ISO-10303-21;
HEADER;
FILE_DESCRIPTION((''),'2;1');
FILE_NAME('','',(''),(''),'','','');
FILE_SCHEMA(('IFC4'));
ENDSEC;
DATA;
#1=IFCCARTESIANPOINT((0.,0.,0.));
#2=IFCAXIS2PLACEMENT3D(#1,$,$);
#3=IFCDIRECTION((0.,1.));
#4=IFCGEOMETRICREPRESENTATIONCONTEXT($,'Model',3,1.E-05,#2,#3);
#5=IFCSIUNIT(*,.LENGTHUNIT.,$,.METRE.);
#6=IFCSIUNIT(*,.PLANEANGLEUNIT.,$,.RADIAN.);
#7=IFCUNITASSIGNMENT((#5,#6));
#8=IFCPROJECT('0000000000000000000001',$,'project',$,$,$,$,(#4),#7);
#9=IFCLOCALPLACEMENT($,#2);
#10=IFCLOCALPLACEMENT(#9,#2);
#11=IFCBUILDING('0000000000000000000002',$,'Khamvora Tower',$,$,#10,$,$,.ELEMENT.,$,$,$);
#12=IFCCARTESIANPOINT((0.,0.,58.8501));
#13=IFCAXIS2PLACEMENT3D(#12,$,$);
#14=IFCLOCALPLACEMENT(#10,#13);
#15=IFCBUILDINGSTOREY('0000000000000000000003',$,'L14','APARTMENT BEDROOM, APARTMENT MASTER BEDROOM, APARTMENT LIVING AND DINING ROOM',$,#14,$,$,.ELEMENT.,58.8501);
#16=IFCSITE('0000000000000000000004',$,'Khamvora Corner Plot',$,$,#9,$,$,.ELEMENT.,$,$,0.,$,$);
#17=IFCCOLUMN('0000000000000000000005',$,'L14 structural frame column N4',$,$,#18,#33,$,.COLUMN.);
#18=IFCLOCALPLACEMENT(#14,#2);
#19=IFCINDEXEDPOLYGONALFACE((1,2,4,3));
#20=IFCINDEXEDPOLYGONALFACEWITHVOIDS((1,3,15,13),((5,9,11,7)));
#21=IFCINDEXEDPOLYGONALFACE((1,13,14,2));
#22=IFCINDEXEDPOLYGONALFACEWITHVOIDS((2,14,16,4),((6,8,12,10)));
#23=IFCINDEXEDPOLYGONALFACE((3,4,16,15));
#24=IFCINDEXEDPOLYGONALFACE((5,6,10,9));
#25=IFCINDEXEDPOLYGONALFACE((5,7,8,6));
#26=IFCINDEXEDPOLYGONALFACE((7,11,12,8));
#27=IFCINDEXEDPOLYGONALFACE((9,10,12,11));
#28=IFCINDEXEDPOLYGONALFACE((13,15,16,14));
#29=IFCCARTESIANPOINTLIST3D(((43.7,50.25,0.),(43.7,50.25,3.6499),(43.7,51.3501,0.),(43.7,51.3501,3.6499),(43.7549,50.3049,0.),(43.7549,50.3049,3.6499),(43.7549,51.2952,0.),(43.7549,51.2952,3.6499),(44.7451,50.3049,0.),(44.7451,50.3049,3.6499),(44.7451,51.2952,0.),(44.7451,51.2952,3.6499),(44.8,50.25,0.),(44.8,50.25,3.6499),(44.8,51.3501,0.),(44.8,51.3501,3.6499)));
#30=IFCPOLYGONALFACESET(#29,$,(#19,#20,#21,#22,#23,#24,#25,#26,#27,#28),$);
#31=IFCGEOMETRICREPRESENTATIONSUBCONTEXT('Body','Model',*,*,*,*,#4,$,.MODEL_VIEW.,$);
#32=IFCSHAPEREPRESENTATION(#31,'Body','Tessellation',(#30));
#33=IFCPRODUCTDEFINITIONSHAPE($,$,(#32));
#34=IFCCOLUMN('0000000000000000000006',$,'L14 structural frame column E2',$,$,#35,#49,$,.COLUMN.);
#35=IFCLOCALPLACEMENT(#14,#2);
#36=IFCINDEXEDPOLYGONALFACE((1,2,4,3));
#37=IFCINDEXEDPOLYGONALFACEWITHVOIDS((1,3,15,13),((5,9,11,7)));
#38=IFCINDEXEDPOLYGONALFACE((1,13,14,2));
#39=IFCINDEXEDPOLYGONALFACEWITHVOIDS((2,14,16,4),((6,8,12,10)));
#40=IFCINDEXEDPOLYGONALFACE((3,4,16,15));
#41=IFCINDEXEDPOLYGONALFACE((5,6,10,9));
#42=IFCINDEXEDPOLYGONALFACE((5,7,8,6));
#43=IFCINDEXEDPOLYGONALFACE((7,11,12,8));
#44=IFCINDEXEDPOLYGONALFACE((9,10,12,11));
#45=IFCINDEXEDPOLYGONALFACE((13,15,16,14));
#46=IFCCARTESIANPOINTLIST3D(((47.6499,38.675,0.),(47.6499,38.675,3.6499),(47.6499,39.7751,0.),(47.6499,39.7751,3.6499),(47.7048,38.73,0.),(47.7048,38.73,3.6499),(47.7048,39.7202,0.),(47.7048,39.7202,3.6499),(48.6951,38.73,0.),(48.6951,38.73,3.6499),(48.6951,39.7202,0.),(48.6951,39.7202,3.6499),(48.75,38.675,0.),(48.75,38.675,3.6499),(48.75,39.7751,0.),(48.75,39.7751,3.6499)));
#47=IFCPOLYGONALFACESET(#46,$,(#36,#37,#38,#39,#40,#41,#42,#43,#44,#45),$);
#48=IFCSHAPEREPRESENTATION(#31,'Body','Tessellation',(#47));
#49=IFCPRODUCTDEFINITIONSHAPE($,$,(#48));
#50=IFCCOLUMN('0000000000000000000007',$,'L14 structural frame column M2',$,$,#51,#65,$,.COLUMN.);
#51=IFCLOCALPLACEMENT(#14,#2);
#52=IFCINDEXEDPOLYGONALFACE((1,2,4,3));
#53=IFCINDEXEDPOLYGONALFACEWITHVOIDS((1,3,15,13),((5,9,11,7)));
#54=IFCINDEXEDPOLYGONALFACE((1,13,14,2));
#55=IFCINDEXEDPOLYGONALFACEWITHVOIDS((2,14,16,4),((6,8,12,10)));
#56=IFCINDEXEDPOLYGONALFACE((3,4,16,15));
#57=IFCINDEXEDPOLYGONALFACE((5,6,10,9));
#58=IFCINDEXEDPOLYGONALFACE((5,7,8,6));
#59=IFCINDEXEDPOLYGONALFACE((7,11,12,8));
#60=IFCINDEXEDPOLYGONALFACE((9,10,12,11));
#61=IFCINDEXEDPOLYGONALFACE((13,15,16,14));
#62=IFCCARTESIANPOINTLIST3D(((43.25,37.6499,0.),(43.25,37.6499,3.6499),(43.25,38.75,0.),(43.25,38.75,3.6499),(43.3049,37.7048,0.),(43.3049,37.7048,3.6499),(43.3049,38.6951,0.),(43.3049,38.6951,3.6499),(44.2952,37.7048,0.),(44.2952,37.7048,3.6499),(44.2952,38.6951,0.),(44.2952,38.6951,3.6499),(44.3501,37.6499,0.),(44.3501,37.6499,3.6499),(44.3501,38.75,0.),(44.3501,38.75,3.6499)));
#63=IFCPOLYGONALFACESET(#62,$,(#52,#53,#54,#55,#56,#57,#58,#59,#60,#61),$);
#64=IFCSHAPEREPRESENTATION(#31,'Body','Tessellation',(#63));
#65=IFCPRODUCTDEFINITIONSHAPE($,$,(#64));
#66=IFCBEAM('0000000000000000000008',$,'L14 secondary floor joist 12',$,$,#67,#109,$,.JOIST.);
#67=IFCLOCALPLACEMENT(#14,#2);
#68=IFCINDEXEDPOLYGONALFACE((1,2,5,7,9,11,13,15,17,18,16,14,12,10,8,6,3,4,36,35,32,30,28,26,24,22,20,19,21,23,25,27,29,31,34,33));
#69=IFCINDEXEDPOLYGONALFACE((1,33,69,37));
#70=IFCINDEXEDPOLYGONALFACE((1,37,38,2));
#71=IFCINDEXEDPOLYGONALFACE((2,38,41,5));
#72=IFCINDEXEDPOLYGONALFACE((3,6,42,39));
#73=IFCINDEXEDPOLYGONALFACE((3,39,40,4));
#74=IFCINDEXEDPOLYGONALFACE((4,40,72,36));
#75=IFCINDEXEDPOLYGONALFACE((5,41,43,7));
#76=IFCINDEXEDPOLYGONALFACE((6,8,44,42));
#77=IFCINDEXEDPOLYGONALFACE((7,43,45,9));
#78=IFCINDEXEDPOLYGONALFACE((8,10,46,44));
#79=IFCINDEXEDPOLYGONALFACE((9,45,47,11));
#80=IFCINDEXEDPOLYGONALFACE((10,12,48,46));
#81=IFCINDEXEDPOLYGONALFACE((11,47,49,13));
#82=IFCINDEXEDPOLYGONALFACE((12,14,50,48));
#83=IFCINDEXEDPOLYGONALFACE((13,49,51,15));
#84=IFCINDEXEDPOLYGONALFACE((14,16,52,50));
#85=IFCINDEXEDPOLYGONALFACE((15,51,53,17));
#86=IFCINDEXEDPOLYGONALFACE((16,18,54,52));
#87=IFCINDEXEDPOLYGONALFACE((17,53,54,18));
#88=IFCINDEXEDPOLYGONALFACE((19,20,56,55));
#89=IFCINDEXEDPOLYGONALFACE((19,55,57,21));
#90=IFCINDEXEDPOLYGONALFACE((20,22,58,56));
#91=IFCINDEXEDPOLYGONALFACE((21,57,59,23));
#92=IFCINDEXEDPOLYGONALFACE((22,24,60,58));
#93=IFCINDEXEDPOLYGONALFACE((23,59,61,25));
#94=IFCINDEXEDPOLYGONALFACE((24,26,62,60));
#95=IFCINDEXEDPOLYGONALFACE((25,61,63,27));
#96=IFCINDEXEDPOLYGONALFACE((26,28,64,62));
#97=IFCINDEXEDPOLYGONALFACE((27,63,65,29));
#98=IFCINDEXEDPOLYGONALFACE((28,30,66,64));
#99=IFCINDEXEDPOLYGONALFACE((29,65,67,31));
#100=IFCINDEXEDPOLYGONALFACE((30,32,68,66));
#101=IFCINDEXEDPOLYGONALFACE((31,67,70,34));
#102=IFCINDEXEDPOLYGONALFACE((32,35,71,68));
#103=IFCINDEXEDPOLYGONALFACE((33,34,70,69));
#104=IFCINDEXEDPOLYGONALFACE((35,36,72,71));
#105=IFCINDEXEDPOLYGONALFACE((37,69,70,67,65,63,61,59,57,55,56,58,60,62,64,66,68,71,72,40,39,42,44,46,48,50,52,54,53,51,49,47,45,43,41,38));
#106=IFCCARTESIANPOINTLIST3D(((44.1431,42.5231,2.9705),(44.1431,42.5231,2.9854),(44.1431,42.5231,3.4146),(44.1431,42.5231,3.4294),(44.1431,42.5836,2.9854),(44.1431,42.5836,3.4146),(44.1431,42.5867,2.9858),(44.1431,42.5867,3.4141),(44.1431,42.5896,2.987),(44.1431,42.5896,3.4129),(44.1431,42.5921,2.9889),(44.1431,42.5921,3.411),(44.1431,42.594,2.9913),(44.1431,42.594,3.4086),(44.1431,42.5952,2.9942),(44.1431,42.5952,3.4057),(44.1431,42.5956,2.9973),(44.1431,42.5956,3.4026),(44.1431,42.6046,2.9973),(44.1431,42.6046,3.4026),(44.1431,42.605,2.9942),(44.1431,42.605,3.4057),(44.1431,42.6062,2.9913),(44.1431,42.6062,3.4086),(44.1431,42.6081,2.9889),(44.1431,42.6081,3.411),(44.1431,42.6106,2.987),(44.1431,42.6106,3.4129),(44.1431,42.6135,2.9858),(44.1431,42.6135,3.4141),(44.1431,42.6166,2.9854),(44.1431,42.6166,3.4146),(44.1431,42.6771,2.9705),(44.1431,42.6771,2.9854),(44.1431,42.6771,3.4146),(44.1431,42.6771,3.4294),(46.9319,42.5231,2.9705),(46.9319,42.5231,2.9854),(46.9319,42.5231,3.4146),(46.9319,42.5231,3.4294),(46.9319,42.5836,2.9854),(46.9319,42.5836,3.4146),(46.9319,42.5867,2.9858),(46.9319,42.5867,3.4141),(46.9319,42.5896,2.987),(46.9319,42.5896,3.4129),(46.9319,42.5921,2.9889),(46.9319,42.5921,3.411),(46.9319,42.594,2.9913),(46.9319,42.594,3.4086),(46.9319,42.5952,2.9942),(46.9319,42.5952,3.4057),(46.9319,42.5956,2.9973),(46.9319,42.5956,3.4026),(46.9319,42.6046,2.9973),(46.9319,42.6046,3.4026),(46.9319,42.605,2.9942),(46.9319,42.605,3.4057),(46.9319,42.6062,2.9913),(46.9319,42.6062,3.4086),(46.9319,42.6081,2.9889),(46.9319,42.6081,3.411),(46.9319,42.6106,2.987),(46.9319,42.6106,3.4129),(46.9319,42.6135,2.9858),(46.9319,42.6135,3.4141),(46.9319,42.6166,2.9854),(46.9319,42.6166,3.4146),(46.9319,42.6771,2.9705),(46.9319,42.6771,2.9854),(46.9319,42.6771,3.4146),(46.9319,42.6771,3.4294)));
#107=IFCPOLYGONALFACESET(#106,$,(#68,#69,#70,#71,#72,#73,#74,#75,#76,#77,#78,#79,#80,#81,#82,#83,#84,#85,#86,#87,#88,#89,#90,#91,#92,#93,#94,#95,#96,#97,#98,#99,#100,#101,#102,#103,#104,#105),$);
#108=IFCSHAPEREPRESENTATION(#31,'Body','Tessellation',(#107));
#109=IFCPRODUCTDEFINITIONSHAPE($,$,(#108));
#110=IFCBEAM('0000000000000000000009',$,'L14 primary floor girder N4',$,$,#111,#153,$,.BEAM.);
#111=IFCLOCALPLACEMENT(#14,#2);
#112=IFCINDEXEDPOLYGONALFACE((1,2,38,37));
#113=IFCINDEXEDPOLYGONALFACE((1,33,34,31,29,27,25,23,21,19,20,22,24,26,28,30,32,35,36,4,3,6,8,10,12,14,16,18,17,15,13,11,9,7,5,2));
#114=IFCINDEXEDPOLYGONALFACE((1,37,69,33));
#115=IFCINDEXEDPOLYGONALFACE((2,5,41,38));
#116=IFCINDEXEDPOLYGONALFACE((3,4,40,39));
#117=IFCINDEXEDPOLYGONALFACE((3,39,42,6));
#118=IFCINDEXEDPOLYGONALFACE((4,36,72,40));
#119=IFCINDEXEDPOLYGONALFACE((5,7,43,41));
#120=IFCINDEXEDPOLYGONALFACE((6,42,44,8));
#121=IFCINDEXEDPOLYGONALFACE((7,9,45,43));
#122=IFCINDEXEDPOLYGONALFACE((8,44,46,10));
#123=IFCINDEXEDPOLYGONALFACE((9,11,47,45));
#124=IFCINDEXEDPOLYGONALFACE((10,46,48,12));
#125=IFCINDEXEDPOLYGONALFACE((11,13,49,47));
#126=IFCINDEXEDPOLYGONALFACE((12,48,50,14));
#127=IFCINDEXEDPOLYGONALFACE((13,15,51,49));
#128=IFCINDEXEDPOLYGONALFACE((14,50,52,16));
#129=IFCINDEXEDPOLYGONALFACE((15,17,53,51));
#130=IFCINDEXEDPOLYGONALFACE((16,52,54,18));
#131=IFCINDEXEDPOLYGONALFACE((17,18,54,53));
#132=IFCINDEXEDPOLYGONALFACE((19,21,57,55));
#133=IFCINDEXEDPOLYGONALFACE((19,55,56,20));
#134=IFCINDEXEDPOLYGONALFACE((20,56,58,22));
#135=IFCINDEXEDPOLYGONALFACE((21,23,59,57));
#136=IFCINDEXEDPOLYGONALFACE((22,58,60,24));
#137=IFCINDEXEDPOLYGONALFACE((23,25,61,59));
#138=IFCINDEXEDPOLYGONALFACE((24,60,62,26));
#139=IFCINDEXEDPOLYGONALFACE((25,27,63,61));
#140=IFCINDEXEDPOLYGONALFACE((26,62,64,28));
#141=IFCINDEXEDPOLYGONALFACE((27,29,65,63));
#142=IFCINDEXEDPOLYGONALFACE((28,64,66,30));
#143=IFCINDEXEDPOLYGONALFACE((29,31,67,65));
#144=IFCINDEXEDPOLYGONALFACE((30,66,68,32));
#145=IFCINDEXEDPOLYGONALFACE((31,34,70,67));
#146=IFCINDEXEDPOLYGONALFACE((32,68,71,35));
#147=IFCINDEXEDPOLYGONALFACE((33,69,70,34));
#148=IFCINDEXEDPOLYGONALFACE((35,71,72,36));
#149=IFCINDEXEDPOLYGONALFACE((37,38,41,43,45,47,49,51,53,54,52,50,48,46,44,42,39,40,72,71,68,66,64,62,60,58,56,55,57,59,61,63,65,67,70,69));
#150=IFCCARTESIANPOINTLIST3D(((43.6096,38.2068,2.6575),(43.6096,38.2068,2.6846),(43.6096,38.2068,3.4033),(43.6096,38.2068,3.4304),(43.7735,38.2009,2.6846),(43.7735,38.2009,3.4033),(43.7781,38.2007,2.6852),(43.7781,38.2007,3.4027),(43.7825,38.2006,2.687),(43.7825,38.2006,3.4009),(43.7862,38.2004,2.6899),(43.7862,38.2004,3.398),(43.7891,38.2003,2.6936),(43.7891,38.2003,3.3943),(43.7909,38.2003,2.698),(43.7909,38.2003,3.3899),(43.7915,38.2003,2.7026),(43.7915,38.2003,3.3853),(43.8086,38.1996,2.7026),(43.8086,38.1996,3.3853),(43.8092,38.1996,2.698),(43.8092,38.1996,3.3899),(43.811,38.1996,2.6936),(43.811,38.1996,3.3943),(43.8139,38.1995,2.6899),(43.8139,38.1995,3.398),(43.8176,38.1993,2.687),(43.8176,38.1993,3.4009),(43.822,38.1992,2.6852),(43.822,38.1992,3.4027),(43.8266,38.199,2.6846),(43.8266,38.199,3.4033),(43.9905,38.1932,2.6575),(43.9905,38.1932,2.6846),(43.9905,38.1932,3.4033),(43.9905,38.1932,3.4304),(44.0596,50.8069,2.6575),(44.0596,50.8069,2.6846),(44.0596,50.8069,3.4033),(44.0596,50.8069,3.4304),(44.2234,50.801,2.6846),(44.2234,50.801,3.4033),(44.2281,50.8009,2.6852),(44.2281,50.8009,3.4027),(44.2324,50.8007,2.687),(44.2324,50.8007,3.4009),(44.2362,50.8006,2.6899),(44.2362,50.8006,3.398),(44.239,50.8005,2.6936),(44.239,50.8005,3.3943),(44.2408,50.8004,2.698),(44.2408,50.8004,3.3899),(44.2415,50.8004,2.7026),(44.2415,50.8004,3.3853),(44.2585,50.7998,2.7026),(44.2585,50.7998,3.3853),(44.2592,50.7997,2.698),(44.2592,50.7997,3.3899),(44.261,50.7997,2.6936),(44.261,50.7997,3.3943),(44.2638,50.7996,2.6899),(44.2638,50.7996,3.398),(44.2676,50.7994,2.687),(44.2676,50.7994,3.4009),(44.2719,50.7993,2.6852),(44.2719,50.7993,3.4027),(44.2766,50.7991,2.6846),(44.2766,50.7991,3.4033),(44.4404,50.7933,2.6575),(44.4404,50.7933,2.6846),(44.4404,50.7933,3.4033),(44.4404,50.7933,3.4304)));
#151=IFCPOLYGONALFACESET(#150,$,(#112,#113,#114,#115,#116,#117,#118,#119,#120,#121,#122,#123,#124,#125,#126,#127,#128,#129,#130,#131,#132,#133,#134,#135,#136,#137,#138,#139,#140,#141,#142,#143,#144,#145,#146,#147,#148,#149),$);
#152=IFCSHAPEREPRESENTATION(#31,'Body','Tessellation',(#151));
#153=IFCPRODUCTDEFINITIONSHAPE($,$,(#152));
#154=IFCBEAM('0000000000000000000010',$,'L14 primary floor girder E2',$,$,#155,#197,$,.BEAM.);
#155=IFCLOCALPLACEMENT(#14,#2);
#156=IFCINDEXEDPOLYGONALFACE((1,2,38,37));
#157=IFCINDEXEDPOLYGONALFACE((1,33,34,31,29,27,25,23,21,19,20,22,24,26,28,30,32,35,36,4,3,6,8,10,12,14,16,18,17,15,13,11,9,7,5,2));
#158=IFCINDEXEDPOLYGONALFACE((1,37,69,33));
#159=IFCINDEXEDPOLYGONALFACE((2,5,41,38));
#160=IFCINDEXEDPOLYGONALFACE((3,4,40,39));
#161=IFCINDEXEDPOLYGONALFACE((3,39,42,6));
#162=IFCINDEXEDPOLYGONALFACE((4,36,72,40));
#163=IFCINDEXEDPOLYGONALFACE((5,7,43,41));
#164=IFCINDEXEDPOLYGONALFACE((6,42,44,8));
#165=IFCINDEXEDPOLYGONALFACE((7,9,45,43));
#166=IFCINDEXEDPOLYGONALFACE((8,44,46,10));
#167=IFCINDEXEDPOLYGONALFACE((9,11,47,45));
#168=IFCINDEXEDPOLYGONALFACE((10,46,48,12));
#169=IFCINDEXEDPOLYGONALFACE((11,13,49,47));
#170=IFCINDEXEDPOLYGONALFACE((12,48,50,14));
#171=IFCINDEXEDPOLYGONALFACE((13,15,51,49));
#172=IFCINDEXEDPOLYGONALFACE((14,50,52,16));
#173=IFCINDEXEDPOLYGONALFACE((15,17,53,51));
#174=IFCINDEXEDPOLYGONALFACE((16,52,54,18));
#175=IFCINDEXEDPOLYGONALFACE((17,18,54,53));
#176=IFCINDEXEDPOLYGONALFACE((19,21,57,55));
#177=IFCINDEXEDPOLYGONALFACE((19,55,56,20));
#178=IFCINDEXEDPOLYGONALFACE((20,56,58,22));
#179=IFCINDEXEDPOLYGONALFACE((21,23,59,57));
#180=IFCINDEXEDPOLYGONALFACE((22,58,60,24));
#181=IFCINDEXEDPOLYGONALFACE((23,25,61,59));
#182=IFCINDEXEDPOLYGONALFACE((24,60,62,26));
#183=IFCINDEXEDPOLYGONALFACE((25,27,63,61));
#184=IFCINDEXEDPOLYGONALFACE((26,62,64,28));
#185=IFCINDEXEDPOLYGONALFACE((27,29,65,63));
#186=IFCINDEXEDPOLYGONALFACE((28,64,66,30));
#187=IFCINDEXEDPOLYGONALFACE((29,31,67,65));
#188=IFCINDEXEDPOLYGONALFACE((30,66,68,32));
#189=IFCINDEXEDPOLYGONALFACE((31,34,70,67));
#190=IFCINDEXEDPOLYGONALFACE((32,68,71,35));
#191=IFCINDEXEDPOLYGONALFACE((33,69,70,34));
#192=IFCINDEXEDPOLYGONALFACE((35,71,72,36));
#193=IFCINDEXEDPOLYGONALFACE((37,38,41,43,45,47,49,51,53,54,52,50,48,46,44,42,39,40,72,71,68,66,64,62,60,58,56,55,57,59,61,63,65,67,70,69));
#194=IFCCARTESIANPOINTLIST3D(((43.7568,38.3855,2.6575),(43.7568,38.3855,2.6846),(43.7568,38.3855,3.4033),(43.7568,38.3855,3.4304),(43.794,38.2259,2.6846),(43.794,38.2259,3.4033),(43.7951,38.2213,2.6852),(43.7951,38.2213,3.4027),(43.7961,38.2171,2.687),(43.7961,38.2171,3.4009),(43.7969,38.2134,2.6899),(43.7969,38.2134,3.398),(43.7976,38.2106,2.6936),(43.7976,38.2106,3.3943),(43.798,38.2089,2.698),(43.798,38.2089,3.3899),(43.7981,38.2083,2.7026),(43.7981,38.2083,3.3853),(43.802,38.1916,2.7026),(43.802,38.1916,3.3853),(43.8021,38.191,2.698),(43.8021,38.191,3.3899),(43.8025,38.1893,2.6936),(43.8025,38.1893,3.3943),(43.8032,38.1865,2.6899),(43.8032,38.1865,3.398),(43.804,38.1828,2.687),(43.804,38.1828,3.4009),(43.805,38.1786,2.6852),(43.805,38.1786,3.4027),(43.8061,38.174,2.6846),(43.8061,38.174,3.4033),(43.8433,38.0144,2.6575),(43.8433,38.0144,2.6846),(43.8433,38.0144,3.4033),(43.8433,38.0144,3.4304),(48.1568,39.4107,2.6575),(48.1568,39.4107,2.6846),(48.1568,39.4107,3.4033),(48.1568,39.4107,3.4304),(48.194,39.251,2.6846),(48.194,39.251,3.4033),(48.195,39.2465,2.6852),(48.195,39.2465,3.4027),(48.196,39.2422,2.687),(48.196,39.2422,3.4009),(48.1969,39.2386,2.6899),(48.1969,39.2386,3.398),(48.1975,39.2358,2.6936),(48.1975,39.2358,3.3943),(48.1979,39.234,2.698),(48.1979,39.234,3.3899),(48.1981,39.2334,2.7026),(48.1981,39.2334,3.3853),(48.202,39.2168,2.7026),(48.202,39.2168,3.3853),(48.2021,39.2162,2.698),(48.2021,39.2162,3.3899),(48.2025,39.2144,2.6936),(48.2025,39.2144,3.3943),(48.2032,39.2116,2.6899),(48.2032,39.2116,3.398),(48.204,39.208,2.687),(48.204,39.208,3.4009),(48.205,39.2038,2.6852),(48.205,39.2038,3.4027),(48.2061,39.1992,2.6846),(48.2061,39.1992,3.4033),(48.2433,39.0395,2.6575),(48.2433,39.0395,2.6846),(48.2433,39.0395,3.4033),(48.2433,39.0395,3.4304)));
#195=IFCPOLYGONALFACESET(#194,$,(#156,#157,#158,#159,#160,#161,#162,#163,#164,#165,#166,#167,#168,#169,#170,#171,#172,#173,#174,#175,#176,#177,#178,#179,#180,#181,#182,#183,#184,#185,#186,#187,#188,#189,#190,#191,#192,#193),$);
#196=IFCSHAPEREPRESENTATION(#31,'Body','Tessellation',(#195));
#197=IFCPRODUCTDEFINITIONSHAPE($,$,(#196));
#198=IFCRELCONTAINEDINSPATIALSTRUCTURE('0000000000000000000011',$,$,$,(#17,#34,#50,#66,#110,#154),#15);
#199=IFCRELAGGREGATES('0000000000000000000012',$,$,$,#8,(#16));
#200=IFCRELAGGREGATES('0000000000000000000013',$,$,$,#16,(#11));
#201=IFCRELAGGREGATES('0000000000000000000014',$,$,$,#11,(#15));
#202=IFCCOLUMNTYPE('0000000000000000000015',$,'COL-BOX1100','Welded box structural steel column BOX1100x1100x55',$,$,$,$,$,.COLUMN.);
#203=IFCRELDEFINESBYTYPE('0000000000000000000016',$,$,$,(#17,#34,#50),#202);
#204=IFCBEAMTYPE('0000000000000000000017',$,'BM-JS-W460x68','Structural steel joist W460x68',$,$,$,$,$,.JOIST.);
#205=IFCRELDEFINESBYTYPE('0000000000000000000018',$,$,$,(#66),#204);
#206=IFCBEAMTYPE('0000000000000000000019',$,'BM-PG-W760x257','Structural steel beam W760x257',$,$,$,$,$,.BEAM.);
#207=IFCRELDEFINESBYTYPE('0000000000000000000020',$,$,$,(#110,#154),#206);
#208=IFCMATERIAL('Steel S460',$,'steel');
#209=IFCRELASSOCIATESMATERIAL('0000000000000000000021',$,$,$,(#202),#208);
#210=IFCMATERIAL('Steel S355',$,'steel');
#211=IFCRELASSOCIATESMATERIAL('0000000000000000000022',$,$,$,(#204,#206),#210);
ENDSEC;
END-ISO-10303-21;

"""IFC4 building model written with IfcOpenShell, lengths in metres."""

from ifc_helpers import new_model, si_unit, direction, frame, origin, origin_2d, place, context, subcontext, project, spatial, hollow_rectangle, i_section, extrude, material, material_profile, profile_set, type_object, element, save


model = new_model("IFC4")

# Units and contexts
model_context = context("Model", 3, precision=1e-05, world=origin(), true_north=direction((0.0, 1.0)))
body_context = subcontext(model_context, "Body", "Model", "MODEL_VIEW")
ifc_project = project(units=[si_unit("LENGTHUNIT", "METRE"), si_unit("PLANEANGLEUNIT", "RADIAN")], contexts=[model_context])

# Site, building, storey
site_placement = place(None, origin())
site = spatial("IfcSite", under=ifc_project, at=site_placement, Name="Khamvora Corner Plot", CompositionType="ELEMENT", RefElevation=0.0)
building_placement = place(site_placement, origin())
building = spatial("IfcBuilding", under=site, at=building_placement, Name="Khamvora Tower", CompositionType="ELEMENT")
storey_placement = place(building_placement, frame((0.0, 0.0, 58.8501)))
storey = spatial("IfcBuildingStorey", under=building, at=storey_placement, Name="L14", Description="APARTMENT BEDROOM, APARTMENT MASTER BEDROOM, APARTMENT LIVING AND DINING ROOM", CompositionType="ELEMENT", Elevation=58.8501)

# Columns
ifc_material_1 = material(Name="Steel S460", Category="steel")
ifc_material_profile_1 = material_profile(ifc_material_1, hollow_rectangle(XDim=1.1001, YDim=1.1001, WallThickness=0.0549, at=origin_2d()), Name="BOX1100x1100x55")
ifc_profile_set_1 = profile_set([ifc_material_profile_1], Name="Steel S460")
column_type = type_object("IfcColumnType", Name="COL-BOX1100", Description="Welded box structural steel column BOX1100x1100x55", PredefinedType="COLUMN", material=ifc_profile_set_1)
for number, where, z_axis, x_axis, name in (
    (1, (44.25, 50.8, 0.0), (0.0, 0.0, 1.0), (1.0, 0.0, 0.0), "L14 structural frame column N4"),
    (2, (48.2, 39.2251, 0.0), (0.0, 0.0, 1.0), (1.0, 0.0, 0.0), "L14 structural frame column E2"),
    (3, (43.8, 38.2, 0.0), (0.0, 0.0, 1.0), (1.0, 0.0, 0.0), "L14 structural frame column M2"),
):
    element("IfcColumn", number, at=place(storey_placement, frame(where, z_axis=z_axis, x_axis=x_axis)), inside=storey, type_object=column_type, Name=name, PredefinedType="COLUMN", context=body_context, shape_type="SweptSolid", body=[
        extrude(hollow_rectangle(XDim=1.1001, YDim=1.1001, WallThickness=0.0549, at=origin_2d()), origin(), (0.0, 0.0, 1.0), 3.6499),
    ])

# Beams
ifc_material_2 = material(Name="Steel S355", Category="steel")
ifc_material_profile_2 = material_profile(ifc_material_2, i_section(OverallWidth=0.1541, OverallDepth=0.459, WebThickness=0.009, FlangeThickness=0.0149, FilletRadius=0.012, at=origin_2d()), Name="W460x68")
ifc_profile_set_2 = profile_set([ifc_material_profile_2], Name="Steel S355")
beam_type_1 = type_object("IfcBeamType", Name="BM-JS-W460x68", Description="Structural steel joist W460x68", PredefinedType="JOIST", material=ifc_profile_set_2)
beam_1_placement = place(storey_placement, frame((44.1431, 42.6001, 3.2), z_axis=(1.0, 0.0, 0.0), x_axis=(0.0, 1.0, 0.0)))
element("IfcBeam", 4, at=beam_1_placement, inside=storey, type_object=beam_type_1, Name="L14 secondary floor joist 12", PredefinedType="JOIST", context=body_context, shape_type="SweptSolid", body=[
    extrude(i_section(OverallWidth=0.1541, OverallDepth=0.459, WebThickness=0.009, FlangeThickness=0.0149, FilletRadius=0.012, at=origin_2d()), origin(), (0.0, 0.0, 1.0), 2.7888),
])
ifc_material_profile_3 = material_profile(ifc_material_2, i_section(OverallWidth=0.3811, OverallDepth=0.7729, WebThickness=0.0171, FlangeThickness=0.0271, FilletRadius=0.0181, at=origin_2d()), Name="W760x257")
ifc_profile_set_3 = profile_set([ifc_material_profile_3], Name="Steel S355")
beam_type_2 = type_object("IfcBeamType", Name="BM-PG-W760x257", Description="Structural steel beam W760x257", PredefinedType="BEAM", material=ifc_profile_set_3)
beam_2_placement = place(storey_placement, frame((43.8, 38.2, 3.0439), z_axis=(0.035687, 0.999363, 0.0), x_axis=(-0.999363, 0.035687, 0.0)))
element("IfcBeam", 5, at=beam_2_placement, inside=storey, type_object=beam_type_2, Name="L14 primary floor girder N4", PredefinedType="BEAM", context=body_context, shape_type="SweptSolid", body=[
    extrude(i_section(OverallWidth=0.3811, OverallDepth=0.7729, WebThickness=0.0171, FlangeThickness=0.0271, FilletRadius=0.0181, at=origin_2d()), origin(), (0.0, 0.0, 1.0), 12.6082),
])
beam_3_placement = place(storey_placement, frame((43.8, 38.2, 3.0439), z_axis=(0.973915, 0.226915, 0.0), x_axis=(-0.226915, 0.973915, 0.0)))
element("IfcBeam", 6, at=beam_3_placement, inside=storey, type_object=beam_type_2, Name="L14 primary floor girder E2", PredefinedType="BEAM", context=body_context, shape_type="SweptSolid", body=[
    extrude(i_section(OverallWidth=0.3811, OverallDepth=0.7729, WebThickness=0.0171, FlangeThickness=0.0271, FilletRadius=0.0181, at=origin_2d()), origin(), (0.0, 0.0, 1.0), 4.5178),
])

save(model, "model.ifc")
